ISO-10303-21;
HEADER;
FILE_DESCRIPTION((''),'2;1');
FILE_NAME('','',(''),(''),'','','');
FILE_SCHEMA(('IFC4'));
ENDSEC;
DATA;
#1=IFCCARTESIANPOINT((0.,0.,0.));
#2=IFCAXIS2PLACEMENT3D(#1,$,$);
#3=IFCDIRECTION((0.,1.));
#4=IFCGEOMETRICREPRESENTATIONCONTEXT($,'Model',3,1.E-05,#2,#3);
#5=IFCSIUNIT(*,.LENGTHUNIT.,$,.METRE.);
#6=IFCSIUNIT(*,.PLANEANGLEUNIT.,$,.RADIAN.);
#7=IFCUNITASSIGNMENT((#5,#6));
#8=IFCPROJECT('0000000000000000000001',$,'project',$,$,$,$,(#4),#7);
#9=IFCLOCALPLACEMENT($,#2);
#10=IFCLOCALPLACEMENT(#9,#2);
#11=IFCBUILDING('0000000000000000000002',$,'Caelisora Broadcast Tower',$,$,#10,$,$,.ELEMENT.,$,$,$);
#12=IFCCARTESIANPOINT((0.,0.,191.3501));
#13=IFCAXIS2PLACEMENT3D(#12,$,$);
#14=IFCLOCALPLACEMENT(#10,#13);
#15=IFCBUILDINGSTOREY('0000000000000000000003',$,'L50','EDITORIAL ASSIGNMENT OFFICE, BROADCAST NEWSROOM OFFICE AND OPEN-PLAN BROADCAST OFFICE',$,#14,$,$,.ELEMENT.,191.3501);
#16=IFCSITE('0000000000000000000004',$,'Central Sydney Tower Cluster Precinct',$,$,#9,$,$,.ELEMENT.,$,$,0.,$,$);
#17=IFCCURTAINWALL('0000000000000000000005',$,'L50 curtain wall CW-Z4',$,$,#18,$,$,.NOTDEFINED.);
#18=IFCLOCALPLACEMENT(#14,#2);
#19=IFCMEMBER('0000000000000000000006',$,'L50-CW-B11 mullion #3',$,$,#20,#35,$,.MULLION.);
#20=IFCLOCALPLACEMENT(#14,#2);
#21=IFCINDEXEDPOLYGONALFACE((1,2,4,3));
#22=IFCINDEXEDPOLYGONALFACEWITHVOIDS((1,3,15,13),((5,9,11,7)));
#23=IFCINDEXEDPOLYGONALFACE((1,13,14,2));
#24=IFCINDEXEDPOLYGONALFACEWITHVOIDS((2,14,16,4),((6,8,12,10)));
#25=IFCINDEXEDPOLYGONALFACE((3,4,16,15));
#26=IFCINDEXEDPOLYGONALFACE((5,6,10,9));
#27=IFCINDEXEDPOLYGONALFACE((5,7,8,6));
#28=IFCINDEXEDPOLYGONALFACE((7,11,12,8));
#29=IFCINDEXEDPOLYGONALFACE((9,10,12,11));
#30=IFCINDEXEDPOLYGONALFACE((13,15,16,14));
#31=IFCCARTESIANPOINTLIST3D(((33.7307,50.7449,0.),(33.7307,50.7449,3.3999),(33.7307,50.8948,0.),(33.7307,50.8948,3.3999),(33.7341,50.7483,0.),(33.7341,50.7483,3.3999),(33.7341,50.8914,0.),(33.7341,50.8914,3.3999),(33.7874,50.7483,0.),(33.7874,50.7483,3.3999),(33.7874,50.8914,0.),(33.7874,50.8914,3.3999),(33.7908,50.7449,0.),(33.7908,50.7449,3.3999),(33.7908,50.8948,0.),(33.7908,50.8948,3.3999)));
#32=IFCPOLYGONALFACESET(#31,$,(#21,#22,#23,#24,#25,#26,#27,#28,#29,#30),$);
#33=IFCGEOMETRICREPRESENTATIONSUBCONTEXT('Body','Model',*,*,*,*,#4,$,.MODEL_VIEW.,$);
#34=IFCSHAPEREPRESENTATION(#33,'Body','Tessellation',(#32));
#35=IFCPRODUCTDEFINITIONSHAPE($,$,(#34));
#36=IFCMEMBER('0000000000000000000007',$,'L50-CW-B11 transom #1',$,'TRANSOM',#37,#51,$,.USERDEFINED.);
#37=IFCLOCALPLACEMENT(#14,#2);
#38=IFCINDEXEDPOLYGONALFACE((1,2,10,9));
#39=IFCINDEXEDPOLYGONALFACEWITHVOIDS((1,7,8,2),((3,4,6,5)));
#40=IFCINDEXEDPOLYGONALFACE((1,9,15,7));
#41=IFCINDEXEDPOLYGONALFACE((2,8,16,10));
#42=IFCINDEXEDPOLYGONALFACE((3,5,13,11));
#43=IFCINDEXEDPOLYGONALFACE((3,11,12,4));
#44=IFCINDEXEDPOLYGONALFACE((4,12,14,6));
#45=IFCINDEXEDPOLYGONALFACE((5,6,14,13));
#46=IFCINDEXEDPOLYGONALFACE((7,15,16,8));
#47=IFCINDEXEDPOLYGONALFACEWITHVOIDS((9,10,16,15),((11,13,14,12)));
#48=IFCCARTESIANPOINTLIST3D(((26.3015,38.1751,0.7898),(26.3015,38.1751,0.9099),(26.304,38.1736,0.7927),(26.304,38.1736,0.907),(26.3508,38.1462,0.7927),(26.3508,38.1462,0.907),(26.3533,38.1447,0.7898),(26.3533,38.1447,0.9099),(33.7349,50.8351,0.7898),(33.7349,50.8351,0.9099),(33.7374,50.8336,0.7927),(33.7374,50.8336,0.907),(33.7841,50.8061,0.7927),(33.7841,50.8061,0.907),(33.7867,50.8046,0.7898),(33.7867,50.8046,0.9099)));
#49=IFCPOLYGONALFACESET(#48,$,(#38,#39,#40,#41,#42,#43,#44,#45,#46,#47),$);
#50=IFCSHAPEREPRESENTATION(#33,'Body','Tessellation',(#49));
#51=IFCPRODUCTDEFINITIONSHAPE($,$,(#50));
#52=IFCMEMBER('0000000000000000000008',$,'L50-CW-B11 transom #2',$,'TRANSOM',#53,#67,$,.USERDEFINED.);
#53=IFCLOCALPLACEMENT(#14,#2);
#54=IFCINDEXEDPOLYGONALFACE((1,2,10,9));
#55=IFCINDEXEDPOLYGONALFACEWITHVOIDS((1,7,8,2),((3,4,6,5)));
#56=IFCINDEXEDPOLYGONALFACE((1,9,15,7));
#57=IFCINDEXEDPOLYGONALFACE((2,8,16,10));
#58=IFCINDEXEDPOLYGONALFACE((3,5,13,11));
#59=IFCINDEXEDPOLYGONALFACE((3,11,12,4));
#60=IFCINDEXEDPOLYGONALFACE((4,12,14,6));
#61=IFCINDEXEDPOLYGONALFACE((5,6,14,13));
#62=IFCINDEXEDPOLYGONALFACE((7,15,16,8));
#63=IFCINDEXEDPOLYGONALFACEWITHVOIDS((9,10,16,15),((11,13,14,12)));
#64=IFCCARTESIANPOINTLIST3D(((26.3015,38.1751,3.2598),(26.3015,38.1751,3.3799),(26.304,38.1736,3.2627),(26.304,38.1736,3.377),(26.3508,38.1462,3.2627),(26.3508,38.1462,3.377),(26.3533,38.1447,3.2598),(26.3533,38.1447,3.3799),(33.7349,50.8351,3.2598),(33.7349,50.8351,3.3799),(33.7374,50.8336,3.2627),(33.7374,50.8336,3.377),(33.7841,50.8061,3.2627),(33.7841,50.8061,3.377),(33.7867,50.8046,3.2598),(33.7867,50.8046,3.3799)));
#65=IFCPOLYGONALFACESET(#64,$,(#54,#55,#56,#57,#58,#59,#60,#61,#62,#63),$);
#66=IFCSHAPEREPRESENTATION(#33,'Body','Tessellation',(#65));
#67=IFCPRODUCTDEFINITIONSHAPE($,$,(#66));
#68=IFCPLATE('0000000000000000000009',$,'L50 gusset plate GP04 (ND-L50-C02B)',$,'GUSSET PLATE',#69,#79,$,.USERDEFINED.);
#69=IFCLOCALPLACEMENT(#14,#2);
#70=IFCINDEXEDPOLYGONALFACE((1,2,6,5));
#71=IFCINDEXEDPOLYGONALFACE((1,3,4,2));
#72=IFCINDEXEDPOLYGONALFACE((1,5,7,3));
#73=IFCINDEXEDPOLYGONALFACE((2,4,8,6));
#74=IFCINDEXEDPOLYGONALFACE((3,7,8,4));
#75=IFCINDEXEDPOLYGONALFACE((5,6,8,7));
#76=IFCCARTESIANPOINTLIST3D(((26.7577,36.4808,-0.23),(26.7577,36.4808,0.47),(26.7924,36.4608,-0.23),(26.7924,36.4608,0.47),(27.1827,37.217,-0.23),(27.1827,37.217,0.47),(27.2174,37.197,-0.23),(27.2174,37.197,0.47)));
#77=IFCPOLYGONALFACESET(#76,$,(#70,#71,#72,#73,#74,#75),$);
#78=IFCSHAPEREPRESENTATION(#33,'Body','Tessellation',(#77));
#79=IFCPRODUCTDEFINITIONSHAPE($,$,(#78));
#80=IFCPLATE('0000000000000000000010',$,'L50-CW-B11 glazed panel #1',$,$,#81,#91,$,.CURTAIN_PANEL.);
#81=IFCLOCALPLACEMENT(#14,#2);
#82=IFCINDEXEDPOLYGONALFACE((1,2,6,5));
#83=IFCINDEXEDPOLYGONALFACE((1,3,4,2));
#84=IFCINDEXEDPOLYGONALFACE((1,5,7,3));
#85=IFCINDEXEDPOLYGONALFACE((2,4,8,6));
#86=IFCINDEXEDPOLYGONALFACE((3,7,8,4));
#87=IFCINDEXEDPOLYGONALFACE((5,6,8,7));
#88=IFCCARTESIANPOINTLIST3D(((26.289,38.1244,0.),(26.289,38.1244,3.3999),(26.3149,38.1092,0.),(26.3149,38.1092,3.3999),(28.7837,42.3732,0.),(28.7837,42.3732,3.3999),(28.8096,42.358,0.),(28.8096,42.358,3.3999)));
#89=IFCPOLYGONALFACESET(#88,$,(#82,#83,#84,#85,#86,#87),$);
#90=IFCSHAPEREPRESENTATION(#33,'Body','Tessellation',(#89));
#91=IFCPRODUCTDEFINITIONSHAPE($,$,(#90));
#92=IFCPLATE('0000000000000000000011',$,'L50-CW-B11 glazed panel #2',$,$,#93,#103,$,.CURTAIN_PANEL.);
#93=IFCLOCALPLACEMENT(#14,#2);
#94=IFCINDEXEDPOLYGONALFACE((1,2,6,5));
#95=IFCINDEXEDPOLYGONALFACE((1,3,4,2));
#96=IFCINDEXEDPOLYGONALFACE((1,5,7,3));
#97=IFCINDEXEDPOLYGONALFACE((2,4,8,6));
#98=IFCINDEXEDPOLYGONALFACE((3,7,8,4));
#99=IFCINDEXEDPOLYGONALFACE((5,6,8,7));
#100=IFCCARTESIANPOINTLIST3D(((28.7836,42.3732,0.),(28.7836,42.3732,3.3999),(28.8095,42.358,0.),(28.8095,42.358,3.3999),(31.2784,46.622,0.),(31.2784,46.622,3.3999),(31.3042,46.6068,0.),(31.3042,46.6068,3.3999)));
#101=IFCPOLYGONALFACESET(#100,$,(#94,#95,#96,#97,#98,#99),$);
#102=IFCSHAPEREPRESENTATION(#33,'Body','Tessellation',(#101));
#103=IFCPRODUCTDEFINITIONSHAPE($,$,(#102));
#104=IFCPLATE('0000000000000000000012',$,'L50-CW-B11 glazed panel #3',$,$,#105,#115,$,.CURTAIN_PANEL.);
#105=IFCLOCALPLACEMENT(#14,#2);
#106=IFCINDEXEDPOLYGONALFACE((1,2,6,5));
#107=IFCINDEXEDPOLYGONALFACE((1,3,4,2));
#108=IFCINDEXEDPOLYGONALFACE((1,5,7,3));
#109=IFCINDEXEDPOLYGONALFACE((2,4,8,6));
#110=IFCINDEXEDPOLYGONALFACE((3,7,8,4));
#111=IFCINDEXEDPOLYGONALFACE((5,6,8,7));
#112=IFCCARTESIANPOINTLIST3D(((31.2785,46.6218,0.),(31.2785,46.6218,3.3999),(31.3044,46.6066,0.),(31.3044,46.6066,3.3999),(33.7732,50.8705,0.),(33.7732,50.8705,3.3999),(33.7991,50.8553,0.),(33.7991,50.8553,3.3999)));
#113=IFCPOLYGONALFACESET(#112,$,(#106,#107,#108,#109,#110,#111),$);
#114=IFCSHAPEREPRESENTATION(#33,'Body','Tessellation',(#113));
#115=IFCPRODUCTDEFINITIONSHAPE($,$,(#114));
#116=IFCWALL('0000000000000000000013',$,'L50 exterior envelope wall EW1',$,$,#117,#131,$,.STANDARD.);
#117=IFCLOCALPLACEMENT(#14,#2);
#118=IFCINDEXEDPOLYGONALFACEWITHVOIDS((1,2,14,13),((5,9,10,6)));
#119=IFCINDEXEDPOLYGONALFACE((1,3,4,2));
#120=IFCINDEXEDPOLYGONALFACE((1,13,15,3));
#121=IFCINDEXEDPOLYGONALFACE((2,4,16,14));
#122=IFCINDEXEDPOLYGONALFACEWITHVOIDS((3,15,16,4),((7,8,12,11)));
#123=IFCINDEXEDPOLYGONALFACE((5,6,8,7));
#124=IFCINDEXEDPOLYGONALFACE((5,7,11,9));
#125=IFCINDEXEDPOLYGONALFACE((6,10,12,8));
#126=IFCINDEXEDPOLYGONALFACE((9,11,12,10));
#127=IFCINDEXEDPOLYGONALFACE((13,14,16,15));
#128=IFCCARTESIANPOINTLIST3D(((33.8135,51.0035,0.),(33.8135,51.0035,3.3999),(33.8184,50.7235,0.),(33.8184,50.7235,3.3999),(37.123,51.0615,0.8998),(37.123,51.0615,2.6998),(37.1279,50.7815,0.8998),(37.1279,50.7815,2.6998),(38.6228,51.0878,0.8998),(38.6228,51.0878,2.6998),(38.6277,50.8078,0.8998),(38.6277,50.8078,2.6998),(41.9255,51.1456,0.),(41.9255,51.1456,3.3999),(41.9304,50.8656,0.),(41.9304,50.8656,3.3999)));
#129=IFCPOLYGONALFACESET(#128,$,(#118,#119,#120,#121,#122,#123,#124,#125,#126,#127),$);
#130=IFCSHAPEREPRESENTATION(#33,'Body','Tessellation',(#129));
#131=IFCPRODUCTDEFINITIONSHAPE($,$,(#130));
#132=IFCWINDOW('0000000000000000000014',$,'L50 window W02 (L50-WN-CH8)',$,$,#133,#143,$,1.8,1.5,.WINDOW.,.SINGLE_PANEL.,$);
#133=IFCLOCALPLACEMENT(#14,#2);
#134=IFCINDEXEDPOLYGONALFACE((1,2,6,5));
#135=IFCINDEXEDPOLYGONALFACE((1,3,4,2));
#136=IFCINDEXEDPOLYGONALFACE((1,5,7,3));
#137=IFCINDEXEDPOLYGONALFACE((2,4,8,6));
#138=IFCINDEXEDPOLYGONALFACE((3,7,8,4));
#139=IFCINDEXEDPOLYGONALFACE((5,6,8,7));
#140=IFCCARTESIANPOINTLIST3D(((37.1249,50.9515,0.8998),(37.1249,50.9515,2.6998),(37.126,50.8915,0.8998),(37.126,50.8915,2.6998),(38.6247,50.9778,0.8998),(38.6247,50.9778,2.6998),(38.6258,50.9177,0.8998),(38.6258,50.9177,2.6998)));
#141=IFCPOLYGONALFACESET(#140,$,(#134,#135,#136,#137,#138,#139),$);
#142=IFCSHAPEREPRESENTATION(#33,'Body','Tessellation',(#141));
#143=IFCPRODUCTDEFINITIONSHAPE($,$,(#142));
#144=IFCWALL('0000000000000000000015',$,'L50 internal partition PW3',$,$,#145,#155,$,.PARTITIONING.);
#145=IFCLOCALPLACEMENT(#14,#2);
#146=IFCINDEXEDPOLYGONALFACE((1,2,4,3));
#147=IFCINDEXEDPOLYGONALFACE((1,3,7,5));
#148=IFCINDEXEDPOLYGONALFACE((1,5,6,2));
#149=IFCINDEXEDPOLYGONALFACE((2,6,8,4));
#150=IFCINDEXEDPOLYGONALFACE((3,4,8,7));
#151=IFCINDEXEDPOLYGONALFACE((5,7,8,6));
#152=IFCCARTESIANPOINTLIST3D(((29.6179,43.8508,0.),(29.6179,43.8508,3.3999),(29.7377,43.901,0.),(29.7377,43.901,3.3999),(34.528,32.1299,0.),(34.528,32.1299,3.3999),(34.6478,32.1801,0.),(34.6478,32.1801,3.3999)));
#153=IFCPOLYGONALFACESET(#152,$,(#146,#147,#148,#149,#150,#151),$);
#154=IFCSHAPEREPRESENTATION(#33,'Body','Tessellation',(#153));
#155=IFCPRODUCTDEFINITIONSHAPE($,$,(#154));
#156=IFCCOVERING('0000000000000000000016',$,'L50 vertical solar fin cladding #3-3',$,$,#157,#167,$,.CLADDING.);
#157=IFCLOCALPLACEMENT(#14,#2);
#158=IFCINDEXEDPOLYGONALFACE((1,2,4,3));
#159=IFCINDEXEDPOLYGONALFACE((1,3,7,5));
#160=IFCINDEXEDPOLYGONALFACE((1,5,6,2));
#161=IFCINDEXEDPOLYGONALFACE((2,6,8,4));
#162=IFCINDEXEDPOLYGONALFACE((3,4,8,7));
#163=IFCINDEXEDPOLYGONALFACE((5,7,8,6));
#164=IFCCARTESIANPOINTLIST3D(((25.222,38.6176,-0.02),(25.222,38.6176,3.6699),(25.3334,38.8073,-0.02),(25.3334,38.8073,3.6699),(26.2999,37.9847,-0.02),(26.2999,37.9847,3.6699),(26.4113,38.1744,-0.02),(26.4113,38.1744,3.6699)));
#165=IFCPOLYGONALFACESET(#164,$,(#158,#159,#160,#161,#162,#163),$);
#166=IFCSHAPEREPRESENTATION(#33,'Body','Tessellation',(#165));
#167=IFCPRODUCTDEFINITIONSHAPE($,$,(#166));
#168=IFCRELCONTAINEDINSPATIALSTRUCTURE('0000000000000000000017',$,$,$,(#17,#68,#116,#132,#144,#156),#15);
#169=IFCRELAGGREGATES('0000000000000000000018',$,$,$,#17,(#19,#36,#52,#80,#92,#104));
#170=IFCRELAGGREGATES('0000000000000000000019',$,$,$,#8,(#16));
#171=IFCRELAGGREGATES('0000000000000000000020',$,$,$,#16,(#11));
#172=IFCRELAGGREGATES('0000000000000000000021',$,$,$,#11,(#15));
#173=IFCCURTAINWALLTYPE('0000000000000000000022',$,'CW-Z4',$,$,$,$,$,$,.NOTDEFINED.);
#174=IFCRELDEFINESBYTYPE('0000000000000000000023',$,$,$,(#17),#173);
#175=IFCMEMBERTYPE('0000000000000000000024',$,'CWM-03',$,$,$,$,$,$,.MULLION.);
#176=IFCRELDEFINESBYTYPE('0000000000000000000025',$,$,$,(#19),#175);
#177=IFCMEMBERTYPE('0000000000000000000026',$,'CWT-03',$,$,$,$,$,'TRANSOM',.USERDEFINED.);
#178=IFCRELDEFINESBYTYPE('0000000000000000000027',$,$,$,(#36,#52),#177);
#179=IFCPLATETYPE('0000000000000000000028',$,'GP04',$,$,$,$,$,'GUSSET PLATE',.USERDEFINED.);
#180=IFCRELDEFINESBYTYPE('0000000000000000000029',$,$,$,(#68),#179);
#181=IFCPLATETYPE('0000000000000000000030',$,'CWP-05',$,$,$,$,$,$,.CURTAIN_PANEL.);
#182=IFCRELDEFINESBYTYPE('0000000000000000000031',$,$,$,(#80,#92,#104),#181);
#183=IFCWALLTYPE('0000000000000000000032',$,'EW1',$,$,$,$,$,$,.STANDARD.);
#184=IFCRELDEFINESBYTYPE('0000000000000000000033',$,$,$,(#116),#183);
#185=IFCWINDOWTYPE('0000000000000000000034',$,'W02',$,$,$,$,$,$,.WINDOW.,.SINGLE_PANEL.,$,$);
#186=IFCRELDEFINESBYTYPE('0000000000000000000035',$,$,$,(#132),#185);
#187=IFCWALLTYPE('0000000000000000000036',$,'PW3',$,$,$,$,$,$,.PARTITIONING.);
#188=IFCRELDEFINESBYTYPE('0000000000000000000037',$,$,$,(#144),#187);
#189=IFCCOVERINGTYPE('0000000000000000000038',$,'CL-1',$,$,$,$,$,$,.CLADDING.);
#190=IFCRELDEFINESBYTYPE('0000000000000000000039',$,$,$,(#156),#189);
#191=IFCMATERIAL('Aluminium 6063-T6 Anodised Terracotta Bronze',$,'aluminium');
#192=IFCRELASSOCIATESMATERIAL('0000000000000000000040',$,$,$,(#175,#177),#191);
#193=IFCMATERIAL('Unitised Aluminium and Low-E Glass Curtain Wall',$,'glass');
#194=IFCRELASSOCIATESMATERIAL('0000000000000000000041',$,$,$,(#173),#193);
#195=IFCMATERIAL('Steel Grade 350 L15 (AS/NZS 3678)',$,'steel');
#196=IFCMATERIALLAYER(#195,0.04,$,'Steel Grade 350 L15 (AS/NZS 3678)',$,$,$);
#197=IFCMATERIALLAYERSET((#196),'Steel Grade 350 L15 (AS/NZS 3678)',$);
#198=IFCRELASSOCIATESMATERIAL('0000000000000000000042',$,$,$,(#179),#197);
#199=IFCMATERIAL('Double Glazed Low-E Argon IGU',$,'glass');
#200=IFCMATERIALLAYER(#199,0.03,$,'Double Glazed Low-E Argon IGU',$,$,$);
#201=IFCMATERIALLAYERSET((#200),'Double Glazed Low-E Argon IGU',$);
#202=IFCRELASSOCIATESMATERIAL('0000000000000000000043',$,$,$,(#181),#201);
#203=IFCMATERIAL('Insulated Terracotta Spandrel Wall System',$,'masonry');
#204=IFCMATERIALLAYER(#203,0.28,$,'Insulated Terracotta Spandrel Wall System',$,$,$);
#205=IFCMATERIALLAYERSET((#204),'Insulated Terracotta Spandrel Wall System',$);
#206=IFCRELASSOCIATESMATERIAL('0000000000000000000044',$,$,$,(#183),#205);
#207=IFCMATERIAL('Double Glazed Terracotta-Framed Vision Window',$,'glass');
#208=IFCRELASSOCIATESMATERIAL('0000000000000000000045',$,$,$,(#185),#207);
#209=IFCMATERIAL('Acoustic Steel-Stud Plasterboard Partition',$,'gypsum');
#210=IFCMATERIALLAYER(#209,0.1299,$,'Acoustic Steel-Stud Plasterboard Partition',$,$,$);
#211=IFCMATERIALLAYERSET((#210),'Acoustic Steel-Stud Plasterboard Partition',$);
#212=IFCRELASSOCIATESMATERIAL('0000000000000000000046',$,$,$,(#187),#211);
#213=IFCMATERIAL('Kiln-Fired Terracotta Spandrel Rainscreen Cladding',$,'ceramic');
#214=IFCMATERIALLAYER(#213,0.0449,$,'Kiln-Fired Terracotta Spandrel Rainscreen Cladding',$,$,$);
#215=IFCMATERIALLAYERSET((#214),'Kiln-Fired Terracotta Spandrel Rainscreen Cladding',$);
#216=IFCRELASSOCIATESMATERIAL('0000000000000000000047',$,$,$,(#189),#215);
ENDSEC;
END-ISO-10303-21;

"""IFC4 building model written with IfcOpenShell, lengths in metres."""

from ifc_helpers import new_model, si_unit, direction, frame, frame_2d, origin, origin_2d, place, context, subcontext, project, spatial, rectangle, hollow_rectangle, extrude, source, transform, mapped, material, layer, layer_set, material_profile, profile_set, type_object, type_shapes, element, fill, aggregate, save


model = new_model("IFC4")

# Units and contexts
model_context = context("Model", 3, precision=1e-05, world=origin(), true_north=direction((0.0, 1.0)))
body_context = subcontext(model_context, "Body", "Model", "MODEL_VIEW")
ifc_project = project(units=[si_unit("LENGTHUNIT", "METRE"), si_unit("PLANEANGLEUNIT", "RADIAN")], contexts=[model_context])

# Site, building, storey
site_placement = place(None, origin())
site = spatial("IfcSite", under=ifc_project, at=site_placement, Name="Central Sydney Tower Cluster Precinct", CompositionType="ELEMENT", RefElevation=0.0)
building_placement = place(site_placement, origin())
building = spatial("IfcBuilding", under=site, at=building_placement, Name="Caelisora Broadcast Tower", CompositionType="ELEMENT")
storey_placement = place(building_placement, frame((0.0, 0.0, 191.3501)))
storey = spatial("IfcBuildingStorey", under=building, at=storey_placement, Name="L50", Description="EDITORIAL ASSIGNMENT OFFICE, BROADCAST NEWSROOM OFFICE AND OPEN-PLAN BROADCAST OFFICE", CompositionType="ELEMENT", Elevation=191.3501)

# Shared definitions
ifc_material_1 = material(Name="Steel Grade 350 L15 (AS/NZS 3678)", Category="steel")

# Shared definitions
ifc_material_2 = material(Name="Aluminium 6063-T6 Anodised Terracotta Bronze", Category="aluminium")
ifc_material_profile_1 = material_profile(ifc_material_2, hollow_rectangle(XDim=0.0601, YDim=0.1499, WallThickness=0.0034, at=origin_2d()), Name="Aluminium 6063-T6 Anodised Terracotta Bronze")
ifc_profile_set_1 = profile_set([ifc_material_profile_1], Name="Aluminium 6063-T6 Anodised Terracotta Bronze")
member_type_1 = type_object("IfcMemberType", Name="CWM-03", PredefinedType="MULLION", material=ifc_profile_set_1)
shared_shape_1 = source(origin(), body_context, "Body", "SweptSolid", [
    extrude(hollow_rectangle(XDim=0.0601, YDim=0.1499, WallThickness=0.0034, at=origin_2d()), origin(), (0.0, 0.0, 1.0), 3.3999),
])
type_shapes(member_type_1, [shared_shape_1])

# Curtain wall, members
ifc_material_3 = material(Name="Unitised Aluminium and Low-E Glass Curtain Wall", Category="glass")
curtain_wall_type_1 = type_object("IfcCurtainWallType", Name="CW-Z4", PredefinedType="NOTDEFINED", material=ifc_material_3)
curtain_wall_1_placement = place(storey_placement, origin())
curtain_wall_1 = element("IfcCurtainWall", 1, at=curtain_wall_1_placement, inside=storey, type_object=curtain_wall_type_1, Name="L50 curtain wall CW-Z4", PredefinedType="NOTDEFINED")
member_1_placement = place(storey_placement, frame((33.7607, 50.8198, 0.0), z_axis=(0.0, 0.0, 1.0), x_axis=(1.0, 0.0, 0.0)))
member_1 = element("IfcMember", 2, at=member_1_placement, type_object=member_type_1, Name="L50-CW-B11 mullion #3", PredefinedType="MULLION", context=body_context, shape_type="MappedRepresentation", body=[
    mapped(shared_shape_1, transform((0.0, 0.0, 0.0), scale=1.0)),
])
ifc_material_profile_2 = material_profile(ifc_material_2, hollow_rectangle(XDim=0.0601, YDim=0.1201, WallThickness=0.0029, at=origin_2d()), Name="Aluminium 6063-T6 Anodised Terracotta Bronze")
ifc_profile_set_2 = profile_set([ifc_material_profile_2], Name="Aluminium 6063-T6 Anodised Terracotta Bronze")
member_type_2 = type_object("IfcMemberType", Name="CWT-03", ElementType="TRANSOM", PredefinedType="USERDEFINED", material=ifc_profile_set_2)
shared_shape_2 = source(origin(), body_context, "Body", "SweptSolid", [
    extrude(hollow_rectangle(XDim=0.0601, YDim=0.1201, WallThickness=0.0029, at=origin_2d()), origin(), (0.0, 0.0, 1.0), 14.6809),
])
type_shapes(member_type_2, [shared_shape_2])
member_2_placement = place(storey_placement, frame((26.3274, 38.1599, 0.8499), z_axis=(0.506329, 0.86234, 0.0), x_axis=(-0.86234, 0.506329, 0.0)))
member_2 = element("IfcMember", 3, at=member_2_placement, type_object=member_type_2, Name="L50-CW-B11 transom #1", ObjectType="TRANSOM", PredefinedType="USERDEFINED", context=body_context, shape_type="MappedRepresentation", body=[
    mapped(shared_shape_2, transform((0.0, 0.0, 0.0), scale=1.0)),
])
member_3_placement = place(storey_placement, frame((26.3274, 38.1599, 3.3198), z_axis=(0.506329, 0.86234, 0.0), x_axis=(-0.86234, 0.506329, 0.0)))
member_3 = element("IfcMember", 4, at=member_3_placement, type_object=member_type_2, Name="L50-CW-B11 transom #2", ObjectType="TRANSOM", PredefinedType="USERDEFINED", context=body_context, shape_type="MappedRepresentation", body=[
    mapped(shared_shape_2, transform((0.0, 0.0, 0.0), scale=1.0)),
])

# Plates
ifc_layer_1 = layer(ifc_material_1, 0.04, Name="Steel Grade 350 L15 (AS/NZS 3678)")
ifc_layer_set_1 = layer_set([ifc_layer_1], Name="Steel Grade 350 L15 (AS/NZS 3678)")
plate_type_1 = type_object("IfcPlateType", Name="GP04", ElementType="GUSSET PLATE", PredefinedType="USERDEFINED", material=ifc_layer_set_1)
shared_shape_3 = source(origin(), body_context, "Body", "SweptSolid", [
    extrude(rectangle(XDim=0.8501, YDim=0.04, at=origin_2d()), origin(), (0.0, 0.0, 1.0), 0.7),
])
type_shapes(plate_type_1, [shared_shape_3])
plate_1_placement = place(storey_placement, frame((26.9875, 36.8389, -0.23), z_axis=(0.0, 0.0, 1.0), x_axis=(-0.5, -0.866025, 0.0)))
element("IfcPlate", 5, at=plate_1_placement, inside=storey, type_object=plate_type_1, Name="L50 gusset plate GP04 (ND-L50-C02B)", ObjectType="GUSSET PLATE", PredefinedType="USERDEFINED", context=body_context, shape_type="MappedRepresentation", body=[
    mapped(shared_shape_3, transform((0.0, 0.0, 0.0), scale=1.0)),
])
ifc_material_4 = material(Name="Double Glazed Low-E Argon IGU", Category="glass")
ifc_layer_2 = layer(ifc_material_4, 0.03, Name="Double Glazed Low-E Argon IGU")
ifc_layer_set_2 = layer_set([ifc_layer_2], Name="Double Glazed Low-E Argon IGU")
plate_type_2 = type_object("IfcPlateType", Name="CWP-05", PredefinedType="CURTAIN_PANEL", material=ifc_layer_set_2)
shared_shape_4 = source(origin(), body_context, "Body", "SweptSolid", [
    extrude(rectangle(XDim=4.927, YDim=0.03, at=origin_2d()), origin(), (0.0, 0.0, 1.0), 3.3999),
])
type_shapes(plate_type_2, [shared_shape_4])
plate_2_placement = place(storey_placement, frame((27.5493, 40.2412, 0.0), z_axis=(0.0, 0.0, 1.0), x_axis=(0.506335, 0.862337, 0.0)))
plate_2 = element("IfcPlate", 6, at=plate_2_placement, type_object=plate_type_2, Name="L50-CW-B11 glazed panel #1", PredefinedType="CURTAIN_PANEL", context=body_context, shape_type="MappedRepresentation", body=[
    mapped(shared_shape_4, transform((0.0, 0.0, 0.0), scale=1.0)),
])
plate_3_placement = place(storey_placement, frame((30.0439, 44.49, 0.0), z_axis=(0.0, 0.0, 1.0), x_axis=(0.506335, 0.862337, 0.0)))
plate_3 = element("IfcPlate", 7, at=plate_3_placement, type_object=plate_type_2, Name="L50-CW-B11 glazed panel #2", PredefinedType="CURTAIN_PANEL", context=body_context, shape_type="MappedRepresentation", body=[
    mapped(shared_shape_4, transform((0.0, 0.0, 0.0), scale=1.0)),
])
plate_4_placement = place(storey_placement, frame((32.5388, 48.7385, 0.0), z_axis=(0.0, 0.0, 1.0), x_axis=(0.506335, 0.862337, 0.0)))
plate_4 = element("IfcPlate", 8, at=plate_4_placement, type_object=plate_type_2, Name="L50-CW-B11 glazed panel #3", PredefinedType="CURTAIN_PANEL", context=body_context, shape_type="MappedRepresentation", body=[
    mapped(shared_shape_4, transform((0.0, 0.0, 0.0), scale=1.0)),
])
aggregate(curtain_wall_1, [member_1, member_2, member_3, plate_2, plate_3, plate_4])

# Wall, opening, window
ifc_material_5 = material(Name="Insulated Terracotta Spandrel Wall System", Category="masonry")
ifc_layer_3 = layer(ifc_material_5, 0.28, Name="Insulated Terracotta Spandrel Wall System")
ifc_layer_set_3 = layer_set([ifc_layer_3], Name="Insulated Terracotta Spandrel Wall System")
wall_type_1 = type_object("IfcWallType", Name="EW1", PredefinedType="STANDARD", material=ifc_layer_set_3)
wall_1_placement = place(storey_placement, frame((33.8159, 50.8635, 0.0), z_axis=(0.0, 0.0, 1.0), x_axis=(0.999847, 0.017513, 0.0)))
wall_1 = element("IfcWall", 9, at=wall_1_placement, inside=storey, type_object=wall_type_1, Name="L50 exterior envelope wall EW1", PredefinedType="STANDARD", context=body_context, shape_type="SweptSolid", body=[
    extrude(rectangle(XDim=8.1133, YDim=0.28, at=frame_2d((4.0566, 0.0))), origin(), (0.0, 0.0, 1.0), 3.3999),
])
opening_placement = place(wall_1_placement, frame((3.3101, 0.0, 0.8999)))
opening = element("IfcOpeningElement", 10, at=opening_placement, cuts=wall_1, PredefinedType="OPENING", context=body_context, shape_type="SweptSolid", body=[
    extrude(rectangle(XDim=1.5, YDim=1.8, at=frame_2d((0.75, 0.8999))), frame((0.0, 0.1521, 0.0), z_axis=(0.0, -1.0, 0.0), x_axis=(1.0, 0.0, 0.0)), (0.0, 0.0, 1.0), 0.304),
])
ifc_material_6 = material(Name="Double Glazed Terracotta-Framed Vision Window", Category="glass")
window_type = type_object("IfcWindowType", Name="W02", PartitioningType="SINGLE_PANEL", PredefinedType="WINDOW", material=ifc_material_6)
window_placement = place(opening_placement, origin())
window = element("IfcWindow", 11, at=window_placement, inside=storey, type_object=window_type, Name="L50 window W02 (L50-WN-CH8)", OverallHeight=1.8, OverallWidth=1.5, PartitioningType="SINGLE_PANEL", PredefinedType="WINDOW", context=body_context, shape_type="SweptSolid", body=[
    extrude(rectangle(XDim=1.5, YDim=1.8, at=frame_2d((0.75, 0.8999))), frame((0.0, 0.03, 0.0), z_axis=(0.0, -1.0, 0.0), x_axis=(1.0, 0.0, 0.0)), (0.0, 0.0, 1.0), 0.0601),
])
fill(opening, window)

# Wall
ifc_material_7 = material(Name="Acoustic Steel-Stud Plasterboard Partition", Category="gypsum")
ifc_layer_4 = layer(ifc_material_7, 0.1299, Name="Acoustic Steel-Stud Plasterboard Partition")
ifc_layer_set_4 = layer_set([ifc_layer_4], Name="Acoustic Steel-Stud Plasterboard Partition")
wall_type_2 = type_object("IfcWallType", Name="PW3", PredefinedType="PARTITIONING", material=ifc_layer_set_4)
wall_2_placement = place(storey_placement, frame((29.6777, 43.876, 0.0), z_axis=(0.0, 0.0, 1.0), x_axis=(0.386387, -0.922337, 0.0)))
element("IfcWall", 12, at=wall_2_placement, inside=storey, type_object=wall_type_2, Name="L50 internal partition PW3", PredefinedType="PARTITIONING", context=body_context, shape_type="SweptSolid", body=[
    extrude(rectangle(XDim=12.7078, YDim=0.1299, at=frame_2d((6.354, 0.0))), origin(), (0.0, 0.0, 1.0), 3.3999),
])

# Covering
ifc_material_8 = material(Name="Kiln-Fired Terracotta Spandrel Rainscreen Cladding", Category="ceramic")
ifc_layer_5 = layer(ifc_material_8, 0.0449, Name="Kiln-Fired Terracotta Spandrel Rainscreen Cladding")
ifc_layer_set_5 = layer_set([ifc_layer_5], Name="Kiln-Fired Terracotta Spandrel Rainscreen Cladding")
covering_type = type_object("IfcCoveringType", Name="CL-1", PredefinedType="CLADDING", material=ifc_layer_set_5)
shared_shape_5 = source(origin(), body_context, "Body", "SweptSolid", [
    extrude(rectangle(XDim=0.22, YDim=1.25, at=origin_2d()), origin(), (0.0, 0.0, 1.0), 3.6899),
])
type_shapes(covering_type, [shared_shape_5])
for number, where, z_axis, x_axis, name in (
    (13, (25.8167, 38.396, -0.02), (0.0, 0.0, 1.0), (0.506335, 0.862337, 0.0), "L50 vertical solar fin cladding #3-3"),
):
    element("IfcCovering", number, at=place(storey_placement, frame(where, z_axis=z_axis, x_axis=x_axis)), inside=storey, type_object=covering_type, Name=name, PredefinedType="CLADDING", context=body_context, shape_type="MappedRepresentation", body=[
        mapped(shared_shape_5, transform((0.0, 0.0, 0.0), scale=1.0)),
    ])

save(model, "model.ifc")
